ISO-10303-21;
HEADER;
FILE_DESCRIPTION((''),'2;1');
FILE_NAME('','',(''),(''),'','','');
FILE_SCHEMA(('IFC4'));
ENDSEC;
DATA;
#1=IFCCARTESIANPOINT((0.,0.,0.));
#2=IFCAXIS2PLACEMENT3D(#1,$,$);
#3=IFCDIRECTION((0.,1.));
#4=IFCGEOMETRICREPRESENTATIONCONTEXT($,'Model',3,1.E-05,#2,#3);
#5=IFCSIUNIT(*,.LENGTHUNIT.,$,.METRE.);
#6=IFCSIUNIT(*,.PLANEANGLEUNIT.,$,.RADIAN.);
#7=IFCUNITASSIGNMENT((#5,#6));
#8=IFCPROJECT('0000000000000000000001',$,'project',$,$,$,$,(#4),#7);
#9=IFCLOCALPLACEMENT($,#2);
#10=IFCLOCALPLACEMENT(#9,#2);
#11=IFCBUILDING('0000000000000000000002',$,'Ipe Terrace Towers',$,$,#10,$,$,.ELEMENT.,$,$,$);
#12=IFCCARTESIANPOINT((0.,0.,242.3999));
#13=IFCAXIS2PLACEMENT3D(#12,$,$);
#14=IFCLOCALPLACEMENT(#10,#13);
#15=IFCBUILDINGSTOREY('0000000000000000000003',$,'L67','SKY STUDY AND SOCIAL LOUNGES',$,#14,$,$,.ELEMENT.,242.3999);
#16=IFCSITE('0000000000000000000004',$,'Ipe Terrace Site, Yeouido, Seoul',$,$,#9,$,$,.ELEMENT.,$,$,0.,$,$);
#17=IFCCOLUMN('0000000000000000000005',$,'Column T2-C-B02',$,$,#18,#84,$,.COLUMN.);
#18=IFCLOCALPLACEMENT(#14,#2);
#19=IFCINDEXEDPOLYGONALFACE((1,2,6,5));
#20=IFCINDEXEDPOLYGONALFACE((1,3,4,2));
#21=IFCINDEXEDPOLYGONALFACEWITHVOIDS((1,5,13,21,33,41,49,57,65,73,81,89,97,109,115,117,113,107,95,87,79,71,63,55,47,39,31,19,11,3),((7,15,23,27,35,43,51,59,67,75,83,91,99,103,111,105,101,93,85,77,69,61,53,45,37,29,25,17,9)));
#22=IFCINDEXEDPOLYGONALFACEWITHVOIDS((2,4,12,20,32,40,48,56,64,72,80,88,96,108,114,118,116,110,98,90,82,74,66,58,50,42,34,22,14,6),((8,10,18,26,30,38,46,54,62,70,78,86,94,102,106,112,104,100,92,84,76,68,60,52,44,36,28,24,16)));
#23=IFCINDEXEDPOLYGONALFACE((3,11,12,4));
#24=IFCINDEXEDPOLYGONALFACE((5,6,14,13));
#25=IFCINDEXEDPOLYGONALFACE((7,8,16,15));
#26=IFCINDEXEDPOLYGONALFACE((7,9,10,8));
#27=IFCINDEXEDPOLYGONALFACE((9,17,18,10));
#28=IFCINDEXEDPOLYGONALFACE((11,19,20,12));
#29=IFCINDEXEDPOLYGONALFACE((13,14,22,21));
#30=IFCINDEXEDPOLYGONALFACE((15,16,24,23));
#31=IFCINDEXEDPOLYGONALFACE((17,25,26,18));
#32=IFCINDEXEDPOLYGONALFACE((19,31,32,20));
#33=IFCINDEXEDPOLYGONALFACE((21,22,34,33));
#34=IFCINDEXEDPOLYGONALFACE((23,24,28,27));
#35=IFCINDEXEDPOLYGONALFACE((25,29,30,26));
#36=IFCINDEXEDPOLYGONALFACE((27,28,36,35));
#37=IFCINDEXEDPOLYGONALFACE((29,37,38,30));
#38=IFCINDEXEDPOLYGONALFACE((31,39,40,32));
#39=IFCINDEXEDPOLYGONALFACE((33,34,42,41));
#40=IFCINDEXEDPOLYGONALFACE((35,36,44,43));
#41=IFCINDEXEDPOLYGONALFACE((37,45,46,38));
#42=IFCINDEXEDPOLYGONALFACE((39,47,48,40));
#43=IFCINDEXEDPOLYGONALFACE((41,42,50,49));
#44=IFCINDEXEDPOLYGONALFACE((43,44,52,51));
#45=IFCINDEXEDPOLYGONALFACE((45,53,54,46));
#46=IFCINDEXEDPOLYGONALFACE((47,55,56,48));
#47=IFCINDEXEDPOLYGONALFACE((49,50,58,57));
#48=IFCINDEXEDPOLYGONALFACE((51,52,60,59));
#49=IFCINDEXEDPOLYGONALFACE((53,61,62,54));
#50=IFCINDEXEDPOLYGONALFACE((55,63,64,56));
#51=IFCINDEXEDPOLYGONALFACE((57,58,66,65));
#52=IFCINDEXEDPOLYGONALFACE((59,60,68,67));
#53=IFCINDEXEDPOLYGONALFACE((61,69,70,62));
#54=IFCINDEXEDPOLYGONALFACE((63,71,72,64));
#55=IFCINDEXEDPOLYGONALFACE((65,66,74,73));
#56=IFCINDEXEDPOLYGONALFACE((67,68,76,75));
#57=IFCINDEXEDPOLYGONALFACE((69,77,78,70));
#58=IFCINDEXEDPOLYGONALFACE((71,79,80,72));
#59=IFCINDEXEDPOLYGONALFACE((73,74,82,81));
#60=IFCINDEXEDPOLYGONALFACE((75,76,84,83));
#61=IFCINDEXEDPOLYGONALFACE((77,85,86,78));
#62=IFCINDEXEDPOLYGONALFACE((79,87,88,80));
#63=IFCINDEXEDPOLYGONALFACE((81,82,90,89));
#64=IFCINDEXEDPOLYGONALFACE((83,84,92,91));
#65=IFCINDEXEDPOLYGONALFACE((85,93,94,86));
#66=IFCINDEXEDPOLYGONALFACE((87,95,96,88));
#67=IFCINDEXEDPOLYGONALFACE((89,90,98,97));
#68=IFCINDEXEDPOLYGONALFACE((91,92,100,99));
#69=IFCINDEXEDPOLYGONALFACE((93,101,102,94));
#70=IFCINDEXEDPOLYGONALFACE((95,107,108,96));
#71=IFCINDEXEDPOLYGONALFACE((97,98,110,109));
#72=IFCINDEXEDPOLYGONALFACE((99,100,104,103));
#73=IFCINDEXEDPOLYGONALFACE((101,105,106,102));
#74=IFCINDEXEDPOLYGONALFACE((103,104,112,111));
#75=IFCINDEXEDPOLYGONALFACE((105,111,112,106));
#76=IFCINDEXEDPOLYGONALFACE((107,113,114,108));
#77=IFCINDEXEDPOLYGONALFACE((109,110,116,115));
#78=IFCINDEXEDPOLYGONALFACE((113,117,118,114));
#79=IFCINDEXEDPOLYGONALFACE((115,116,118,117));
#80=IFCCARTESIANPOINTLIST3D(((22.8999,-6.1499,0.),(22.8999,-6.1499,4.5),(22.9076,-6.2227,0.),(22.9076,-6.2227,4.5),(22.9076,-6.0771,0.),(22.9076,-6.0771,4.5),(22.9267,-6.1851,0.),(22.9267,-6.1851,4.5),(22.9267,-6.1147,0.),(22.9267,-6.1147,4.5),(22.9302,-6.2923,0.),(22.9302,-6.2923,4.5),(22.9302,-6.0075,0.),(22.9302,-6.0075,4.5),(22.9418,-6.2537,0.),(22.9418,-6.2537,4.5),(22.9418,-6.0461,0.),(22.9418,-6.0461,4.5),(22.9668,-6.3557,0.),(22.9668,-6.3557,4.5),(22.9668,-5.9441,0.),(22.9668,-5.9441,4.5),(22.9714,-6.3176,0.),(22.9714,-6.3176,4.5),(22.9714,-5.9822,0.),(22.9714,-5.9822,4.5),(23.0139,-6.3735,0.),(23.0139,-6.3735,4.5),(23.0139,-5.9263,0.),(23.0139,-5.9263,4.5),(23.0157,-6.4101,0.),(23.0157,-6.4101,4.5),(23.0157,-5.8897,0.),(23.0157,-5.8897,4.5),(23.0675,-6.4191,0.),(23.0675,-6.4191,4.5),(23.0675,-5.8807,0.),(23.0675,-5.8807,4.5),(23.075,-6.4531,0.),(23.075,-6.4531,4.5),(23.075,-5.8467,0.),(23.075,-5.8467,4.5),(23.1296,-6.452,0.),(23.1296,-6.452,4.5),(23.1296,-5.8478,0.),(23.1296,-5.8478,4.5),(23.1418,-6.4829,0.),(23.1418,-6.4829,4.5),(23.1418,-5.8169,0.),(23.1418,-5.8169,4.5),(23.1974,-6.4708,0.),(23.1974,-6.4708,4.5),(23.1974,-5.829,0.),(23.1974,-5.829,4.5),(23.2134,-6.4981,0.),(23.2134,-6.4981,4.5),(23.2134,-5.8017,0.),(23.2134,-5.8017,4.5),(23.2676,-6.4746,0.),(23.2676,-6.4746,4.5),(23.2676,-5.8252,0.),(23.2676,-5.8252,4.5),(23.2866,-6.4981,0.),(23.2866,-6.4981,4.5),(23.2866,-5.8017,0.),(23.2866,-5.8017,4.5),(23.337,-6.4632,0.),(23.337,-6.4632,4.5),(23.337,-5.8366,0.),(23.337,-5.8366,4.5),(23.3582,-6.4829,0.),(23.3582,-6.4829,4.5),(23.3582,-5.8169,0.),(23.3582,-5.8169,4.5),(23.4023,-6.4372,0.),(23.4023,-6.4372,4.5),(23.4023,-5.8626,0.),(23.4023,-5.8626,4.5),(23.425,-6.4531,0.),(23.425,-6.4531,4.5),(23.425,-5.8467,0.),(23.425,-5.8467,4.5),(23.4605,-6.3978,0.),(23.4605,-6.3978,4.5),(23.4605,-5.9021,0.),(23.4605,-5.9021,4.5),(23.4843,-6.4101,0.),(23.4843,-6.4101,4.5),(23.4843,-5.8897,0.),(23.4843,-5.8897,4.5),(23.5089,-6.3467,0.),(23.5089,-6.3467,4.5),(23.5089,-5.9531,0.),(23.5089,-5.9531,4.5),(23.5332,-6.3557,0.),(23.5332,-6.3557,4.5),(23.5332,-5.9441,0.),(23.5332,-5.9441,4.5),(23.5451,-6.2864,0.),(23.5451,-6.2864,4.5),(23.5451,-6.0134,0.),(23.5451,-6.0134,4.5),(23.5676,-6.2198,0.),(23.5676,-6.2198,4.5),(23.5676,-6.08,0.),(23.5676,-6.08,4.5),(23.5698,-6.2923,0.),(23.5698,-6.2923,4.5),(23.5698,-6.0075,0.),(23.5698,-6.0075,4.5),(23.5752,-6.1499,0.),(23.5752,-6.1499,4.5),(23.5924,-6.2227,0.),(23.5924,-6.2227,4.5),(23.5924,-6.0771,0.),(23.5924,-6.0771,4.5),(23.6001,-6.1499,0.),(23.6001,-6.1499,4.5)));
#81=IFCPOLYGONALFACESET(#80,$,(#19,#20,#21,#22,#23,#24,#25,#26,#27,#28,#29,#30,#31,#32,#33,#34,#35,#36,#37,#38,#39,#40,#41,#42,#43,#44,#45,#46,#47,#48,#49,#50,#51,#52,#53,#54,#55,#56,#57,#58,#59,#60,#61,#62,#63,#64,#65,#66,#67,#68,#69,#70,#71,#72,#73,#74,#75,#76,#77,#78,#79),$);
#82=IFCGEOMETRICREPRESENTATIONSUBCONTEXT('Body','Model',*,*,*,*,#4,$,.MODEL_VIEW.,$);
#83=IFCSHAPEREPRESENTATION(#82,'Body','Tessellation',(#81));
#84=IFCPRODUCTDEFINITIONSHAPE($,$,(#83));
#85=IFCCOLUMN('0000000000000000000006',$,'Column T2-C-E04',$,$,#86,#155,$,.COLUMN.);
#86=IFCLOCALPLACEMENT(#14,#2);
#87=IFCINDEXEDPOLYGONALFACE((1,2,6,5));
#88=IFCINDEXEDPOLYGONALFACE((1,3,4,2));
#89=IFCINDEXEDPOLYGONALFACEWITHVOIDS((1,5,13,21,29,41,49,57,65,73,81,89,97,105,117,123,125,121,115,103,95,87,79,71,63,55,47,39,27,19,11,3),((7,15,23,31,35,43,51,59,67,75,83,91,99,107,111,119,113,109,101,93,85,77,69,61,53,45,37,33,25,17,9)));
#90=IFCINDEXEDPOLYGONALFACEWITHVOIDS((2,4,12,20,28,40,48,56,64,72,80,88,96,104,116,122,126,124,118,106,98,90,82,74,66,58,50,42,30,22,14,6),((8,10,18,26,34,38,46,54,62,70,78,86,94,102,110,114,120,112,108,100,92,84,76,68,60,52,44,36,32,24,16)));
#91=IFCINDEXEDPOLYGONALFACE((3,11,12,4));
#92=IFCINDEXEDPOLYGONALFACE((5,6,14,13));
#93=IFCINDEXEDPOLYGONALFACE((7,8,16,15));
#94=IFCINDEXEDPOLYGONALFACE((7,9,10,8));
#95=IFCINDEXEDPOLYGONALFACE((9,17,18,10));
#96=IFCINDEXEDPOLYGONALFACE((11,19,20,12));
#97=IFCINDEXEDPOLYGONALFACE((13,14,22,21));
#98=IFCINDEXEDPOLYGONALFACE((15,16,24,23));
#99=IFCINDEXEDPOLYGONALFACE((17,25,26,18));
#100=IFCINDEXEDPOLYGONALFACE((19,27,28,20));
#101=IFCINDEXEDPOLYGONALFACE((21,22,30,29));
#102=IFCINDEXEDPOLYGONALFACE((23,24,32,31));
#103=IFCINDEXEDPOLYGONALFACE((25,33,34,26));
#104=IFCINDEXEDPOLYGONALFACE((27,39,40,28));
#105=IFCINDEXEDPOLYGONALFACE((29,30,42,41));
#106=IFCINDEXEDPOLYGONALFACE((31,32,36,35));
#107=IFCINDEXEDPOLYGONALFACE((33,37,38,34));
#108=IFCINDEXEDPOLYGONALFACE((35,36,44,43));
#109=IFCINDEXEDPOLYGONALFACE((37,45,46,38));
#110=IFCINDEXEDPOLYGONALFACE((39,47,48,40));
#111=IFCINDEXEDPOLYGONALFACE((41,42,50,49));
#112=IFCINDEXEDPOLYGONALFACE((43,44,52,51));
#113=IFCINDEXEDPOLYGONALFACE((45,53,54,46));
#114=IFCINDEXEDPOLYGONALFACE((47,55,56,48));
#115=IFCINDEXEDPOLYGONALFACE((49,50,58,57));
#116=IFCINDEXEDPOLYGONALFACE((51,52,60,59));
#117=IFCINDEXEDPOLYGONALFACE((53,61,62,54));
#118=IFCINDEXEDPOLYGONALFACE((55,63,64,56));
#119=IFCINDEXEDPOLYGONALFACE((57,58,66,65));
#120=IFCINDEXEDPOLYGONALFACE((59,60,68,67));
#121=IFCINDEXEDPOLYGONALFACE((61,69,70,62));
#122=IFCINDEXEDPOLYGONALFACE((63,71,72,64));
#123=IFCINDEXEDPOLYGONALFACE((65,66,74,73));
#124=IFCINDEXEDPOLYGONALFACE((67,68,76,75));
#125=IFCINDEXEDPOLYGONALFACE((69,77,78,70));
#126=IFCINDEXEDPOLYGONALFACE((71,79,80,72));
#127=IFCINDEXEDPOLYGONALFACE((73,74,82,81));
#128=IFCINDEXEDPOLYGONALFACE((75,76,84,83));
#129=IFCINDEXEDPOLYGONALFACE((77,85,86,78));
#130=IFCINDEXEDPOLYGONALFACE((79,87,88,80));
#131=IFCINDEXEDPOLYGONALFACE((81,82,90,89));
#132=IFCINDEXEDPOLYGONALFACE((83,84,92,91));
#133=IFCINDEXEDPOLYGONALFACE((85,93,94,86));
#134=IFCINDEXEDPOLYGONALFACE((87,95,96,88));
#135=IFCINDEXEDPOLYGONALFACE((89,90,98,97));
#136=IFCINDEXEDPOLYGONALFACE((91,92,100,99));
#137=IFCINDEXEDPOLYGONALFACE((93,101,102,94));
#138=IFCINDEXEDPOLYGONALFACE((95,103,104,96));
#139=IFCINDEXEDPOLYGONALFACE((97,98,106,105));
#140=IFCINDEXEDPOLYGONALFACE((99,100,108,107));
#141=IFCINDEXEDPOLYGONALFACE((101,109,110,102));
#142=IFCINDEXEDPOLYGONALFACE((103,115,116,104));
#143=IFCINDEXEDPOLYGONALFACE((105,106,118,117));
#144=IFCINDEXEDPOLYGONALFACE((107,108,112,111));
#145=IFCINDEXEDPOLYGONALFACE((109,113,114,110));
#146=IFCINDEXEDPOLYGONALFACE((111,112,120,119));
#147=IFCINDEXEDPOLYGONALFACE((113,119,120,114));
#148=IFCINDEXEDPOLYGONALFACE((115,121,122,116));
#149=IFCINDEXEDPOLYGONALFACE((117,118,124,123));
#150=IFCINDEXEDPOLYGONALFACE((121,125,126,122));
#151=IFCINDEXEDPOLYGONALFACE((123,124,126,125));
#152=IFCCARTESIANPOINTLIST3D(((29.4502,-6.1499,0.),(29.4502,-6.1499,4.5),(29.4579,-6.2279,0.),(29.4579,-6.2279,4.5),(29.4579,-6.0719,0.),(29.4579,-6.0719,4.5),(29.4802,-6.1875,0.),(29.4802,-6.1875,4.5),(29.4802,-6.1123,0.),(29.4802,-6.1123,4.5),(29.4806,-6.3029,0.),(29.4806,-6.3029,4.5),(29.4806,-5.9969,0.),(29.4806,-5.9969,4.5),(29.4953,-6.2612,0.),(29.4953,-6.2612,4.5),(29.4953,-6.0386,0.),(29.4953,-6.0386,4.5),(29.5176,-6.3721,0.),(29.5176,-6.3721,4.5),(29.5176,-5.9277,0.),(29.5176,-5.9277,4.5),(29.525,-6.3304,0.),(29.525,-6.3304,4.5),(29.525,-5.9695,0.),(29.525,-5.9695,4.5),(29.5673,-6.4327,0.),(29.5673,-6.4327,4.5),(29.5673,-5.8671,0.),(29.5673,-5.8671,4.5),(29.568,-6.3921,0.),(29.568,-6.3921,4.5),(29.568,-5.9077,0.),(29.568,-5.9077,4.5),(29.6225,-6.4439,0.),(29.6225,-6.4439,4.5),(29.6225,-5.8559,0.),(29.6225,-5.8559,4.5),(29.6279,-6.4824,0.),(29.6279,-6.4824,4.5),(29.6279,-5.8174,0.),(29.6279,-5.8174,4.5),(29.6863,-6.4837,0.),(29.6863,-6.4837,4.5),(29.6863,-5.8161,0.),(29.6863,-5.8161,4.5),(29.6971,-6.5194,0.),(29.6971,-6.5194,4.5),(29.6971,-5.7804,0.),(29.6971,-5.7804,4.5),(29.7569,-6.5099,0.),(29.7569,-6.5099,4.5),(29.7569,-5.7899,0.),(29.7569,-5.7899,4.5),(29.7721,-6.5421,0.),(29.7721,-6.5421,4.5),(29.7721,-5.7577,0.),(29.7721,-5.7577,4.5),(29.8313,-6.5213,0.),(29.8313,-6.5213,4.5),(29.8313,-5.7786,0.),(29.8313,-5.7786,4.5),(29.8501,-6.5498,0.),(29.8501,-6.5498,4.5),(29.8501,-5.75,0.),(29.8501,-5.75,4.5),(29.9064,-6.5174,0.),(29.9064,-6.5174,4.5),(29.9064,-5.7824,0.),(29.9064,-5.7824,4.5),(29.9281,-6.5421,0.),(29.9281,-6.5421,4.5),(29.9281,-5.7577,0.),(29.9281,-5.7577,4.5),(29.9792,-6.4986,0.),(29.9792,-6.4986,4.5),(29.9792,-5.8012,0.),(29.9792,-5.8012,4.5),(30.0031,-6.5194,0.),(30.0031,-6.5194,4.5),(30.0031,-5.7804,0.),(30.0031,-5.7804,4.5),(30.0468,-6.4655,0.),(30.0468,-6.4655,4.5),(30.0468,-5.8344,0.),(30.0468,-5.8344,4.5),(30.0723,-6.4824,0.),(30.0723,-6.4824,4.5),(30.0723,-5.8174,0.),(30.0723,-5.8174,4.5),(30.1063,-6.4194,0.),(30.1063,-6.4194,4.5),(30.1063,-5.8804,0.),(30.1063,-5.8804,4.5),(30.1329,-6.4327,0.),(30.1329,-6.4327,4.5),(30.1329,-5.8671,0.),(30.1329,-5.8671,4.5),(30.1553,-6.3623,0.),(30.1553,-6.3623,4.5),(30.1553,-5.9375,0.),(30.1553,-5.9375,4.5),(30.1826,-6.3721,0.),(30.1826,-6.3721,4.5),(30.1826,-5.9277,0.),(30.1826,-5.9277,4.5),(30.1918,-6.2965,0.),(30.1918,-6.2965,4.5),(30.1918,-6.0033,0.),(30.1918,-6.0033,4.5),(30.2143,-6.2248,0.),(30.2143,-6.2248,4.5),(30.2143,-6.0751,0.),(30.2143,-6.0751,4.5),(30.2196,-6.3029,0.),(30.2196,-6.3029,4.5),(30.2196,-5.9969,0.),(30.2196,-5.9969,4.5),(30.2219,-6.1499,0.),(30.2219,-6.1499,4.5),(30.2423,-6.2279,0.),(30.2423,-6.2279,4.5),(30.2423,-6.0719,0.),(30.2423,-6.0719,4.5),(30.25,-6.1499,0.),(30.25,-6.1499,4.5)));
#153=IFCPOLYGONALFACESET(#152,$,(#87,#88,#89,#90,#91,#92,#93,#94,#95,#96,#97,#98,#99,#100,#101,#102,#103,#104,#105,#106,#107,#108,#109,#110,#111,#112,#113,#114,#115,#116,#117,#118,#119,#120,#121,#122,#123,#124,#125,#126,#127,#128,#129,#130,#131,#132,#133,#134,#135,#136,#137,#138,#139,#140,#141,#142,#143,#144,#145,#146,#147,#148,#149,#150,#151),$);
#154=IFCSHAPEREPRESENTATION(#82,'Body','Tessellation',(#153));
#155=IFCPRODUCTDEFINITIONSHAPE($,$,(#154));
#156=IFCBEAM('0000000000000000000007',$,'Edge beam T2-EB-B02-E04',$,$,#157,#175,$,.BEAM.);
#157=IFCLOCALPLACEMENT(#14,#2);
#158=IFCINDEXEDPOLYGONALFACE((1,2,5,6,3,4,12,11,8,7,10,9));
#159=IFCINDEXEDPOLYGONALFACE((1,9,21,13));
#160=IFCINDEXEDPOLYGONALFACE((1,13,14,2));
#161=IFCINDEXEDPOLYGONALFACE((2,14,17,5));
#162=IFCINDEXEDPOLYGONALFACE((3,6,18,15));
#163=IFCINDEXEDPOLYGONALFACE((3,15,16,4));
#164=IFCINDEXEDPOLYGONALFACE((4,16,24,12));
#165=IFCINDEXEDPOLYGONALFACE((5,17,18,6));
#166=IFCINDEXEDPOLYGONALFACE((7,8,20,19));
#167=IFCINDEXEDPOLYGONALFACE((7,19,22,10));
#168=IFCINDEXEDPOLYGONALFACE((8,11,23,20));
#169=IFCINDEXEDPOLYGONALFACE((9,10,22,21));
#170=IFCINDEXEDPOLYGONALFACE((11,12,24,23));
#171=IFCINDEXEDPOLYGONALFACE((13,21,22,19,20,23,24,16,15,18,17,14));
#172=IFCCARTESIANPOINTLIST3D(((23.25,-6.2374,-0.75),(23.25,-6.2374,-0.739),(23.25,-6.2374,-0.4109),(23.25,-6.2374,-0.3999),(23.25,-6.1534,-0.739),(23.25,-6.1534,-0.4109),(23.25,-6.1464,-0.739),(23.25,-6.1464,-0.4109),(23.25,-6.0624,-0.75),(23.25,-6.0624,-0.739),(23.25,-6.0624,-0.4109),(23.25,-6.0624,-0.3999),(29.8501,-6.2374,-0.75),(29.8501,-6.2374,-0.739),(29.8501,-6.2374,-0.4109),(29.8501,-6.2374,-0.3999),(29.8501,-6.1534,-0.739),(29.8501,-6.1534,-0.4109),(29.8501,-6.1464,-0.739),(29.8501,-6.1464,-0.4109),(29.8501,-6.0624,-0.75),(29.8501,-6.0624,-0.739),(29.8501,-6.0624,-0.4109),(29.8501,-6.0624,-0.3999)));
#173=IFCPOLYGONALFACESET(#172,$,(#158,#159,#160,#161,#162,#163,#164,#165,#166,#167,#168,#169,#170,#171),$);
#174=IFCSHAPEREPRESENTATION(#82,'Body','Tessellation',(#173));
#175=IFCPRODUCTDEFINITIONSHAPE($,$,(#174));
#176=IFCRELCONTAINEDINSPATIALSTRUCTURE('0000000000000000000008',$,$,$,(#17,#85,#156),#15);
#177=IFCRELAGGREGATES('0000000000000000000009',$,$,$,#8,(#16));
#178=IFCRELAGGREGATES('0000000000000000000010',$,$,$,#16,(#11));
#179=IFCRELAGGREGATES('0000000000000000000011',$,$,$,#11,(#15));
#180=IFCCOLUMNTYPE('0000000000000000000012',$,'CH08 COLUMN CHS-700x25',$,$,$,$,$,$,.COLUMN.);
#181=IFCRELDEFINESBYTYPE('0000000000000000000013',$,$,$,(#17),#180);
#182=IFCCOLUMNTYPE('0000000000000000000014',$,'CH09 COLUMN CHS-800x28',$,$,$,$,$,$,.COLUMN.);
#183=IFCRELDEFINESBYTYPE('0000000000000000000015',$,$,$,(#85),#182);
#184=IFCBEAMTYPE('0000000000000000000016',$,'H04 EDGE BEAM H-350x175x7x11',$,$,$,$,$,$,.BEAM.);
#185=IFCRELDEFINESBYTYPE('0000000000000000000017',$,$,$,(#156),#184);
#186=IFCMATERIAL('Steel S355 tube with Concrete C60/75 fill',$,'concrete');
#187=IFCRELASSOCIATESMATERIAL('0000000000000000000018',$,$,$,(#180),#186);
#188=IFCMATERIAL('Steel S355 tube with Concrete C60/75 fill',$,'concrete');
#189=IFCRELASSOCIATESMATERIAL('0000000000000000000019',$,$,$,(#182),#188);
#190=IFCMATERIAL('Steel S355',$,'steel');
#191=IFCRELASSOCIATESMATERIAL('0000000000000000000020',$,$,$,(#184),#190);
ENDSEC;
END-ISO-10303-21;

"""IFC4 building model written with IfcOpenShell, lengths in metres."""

from ifc_helpers import new_model, si_unit, direction, frame, origin, origin_2d, place, context, subcontext, project, spatial, hollow_circle, i_section, extrude, material, material_profile, profile_set, type_object, element, save


model = new_model("IFC4")

# Units and contexts
model_context = context("Model", 3, precision=1e-05, world=origin(), true_north=direction((0.0, 1.0)))
body_context = subcontext(model_context, "Body", "Model", "MODEL_VIEW")
ifc_project = project(units=[si_unit("LENGTHUNIT", "METRE"), si_unit("PLANEANGLEUNIT", "RADIAN")], contexts=[model_context])

# Site, building, storey
site_placement = place(None, origin())
site = spatial("IfcSite", under=ifc_project, at=site_placement, Name="Ipe Terrace Site, Yeouido, Seoul", CompositionType="ELEMENT", RefElevation=0.0)
building_placement = place(site_placement, origin())
building = spatial("IfcBuilding", under=site, at=building_placement, Name="Ipe Terrace Towers", CompositionType="ELEMENT")
storey_placement = place(building_placement, frame((0.0, 0.0, 242.3999)))
storey = spatial("IfcBuildingStorey", under=building, at=storey_placement, Name="L67", Description="SKY STUDY AND SOCIAL LOUNGES", CompositionType="ELEMENT", Elevation=242.3999)

# Columns
ifc_material_1 = material(Name="Steel S355 tube with Concrete C60/75 fill", Category="concrete")
ifc_material_profile_1 = material_profile(ifc_material_1, hollow_circle(Radius=0.3501, WallThickness=0.0249, at=origin_2d()), Name="CHS-700x25")
ifc_profile_set_1 = profile_set([ifc_material_profile_1], Name="Steel S355 tube with Concrete C60/75 fill")
column_type_1 = type_object("IfcColumnType", Name="CH08 COLUMN CHS-700x25", PredefinedType="COLUMN", material=ifc_profile_set_1)
column_1_placement = place(storey_placement, frame((23.25, -6.1499, 0.0), z_axis=(0.0, 0.0, 1.0), x_axis=(1.0, 0.0, 0.0)))
element("IfcColumn", 1, at=column_1_placement, inside=storey, type_object=column_type_1, Name="Column T2-C-B02", PredefinedType="COLUMN", context=body_context, shape_type="SweptSolid", body=[
    extrude(hollow_circle(Radius=0.3501, WallThickness=0.0249, at=origin_2d()), origin(), (0.0, 0.0, 1.0), 4.5),
])
ifc_material_2 = material(Name="Steel S355 tube with Concrete C60/75 fill", Category="concrete")
ifc_material_profile_2 = material_profile(ifc_material_2, hollow_circle(Radius=0.3999, WallThickness=0.0281, at=origin_2d()), Name="CHS-800x28")
ifc_profile_set_2 = profile_set([ifc_material_profile_2], Name="Steel S355 tube with Concrete C60/75 fill")
column_type_2 = type_object("IfcColumnType", Name="CH09 COLUMN CHS-800x28", PredefinedType="COLUMN", material=ifc_profile_set_2)
column_2_placement = place(storey_placement, frame((29.8501, -6.1499, 0.0), z_axis=(0.0, 0.0, 1.0), x_axis=(1.0, 0.0, 0.0)))
element("IfcColumn", 2, at=column_2_placement, inside=storey, type_object=column_type_2, Name="Column T2-C-E04", PredefinedType="COLUMN", context=body_context, shape_type="SweptSolid", body=[
    extrude(hollow_circle(Radius=0.3999, WallThickness=0.0281, at=origin_2d()), origin(), (0.0, 0.0, 1.0), 4.5),
])

# Beam
ifc_material_3 = material(Name="Steel S355", Category="steel")
ifc_material_profile_3 = material_profile(ifc_material_3, i_section(OverallWidth=0.175, OverallDepth=0.3501, WebThickness=0.0071, FlangeThickness=0.011, at=origin_2d()), Name="H-350x175x7x11")
ifc_profile_set_3 = profile_set([ifc_material_profile_3], Name="Steel S355")
beam_type = type_object("IfcBeamType", Name="H04 EDGE BEAM H-350x175x7x11", PredefinedType="BEAM", material=ifc_profile_set_3)
beam_placement = place(storey_placement, frame((23.25, -6.1499, -0.575), z_axis=(1.0, 0.0, 0.0), x_axis=(0.0, 1.0, 0.0)))
element("IfcBeam", 3, at=beam_placement, inside=storey, type_object=beam_type, Name="Edge beam T2-EB-B02-E04", PredefinedType="BEAM", context=body_context, shape_type="SweptSolid", body=[
    extrude(i_section(OverallWidth=0.175, OverallDepth=0.3501, WebThickness=0.0071, FlangeThickness=0.011, at=origin_2d()), origin(), (0.0, 0.0, 1.0), 6.6001),
])

save(model, "model.ifc")
